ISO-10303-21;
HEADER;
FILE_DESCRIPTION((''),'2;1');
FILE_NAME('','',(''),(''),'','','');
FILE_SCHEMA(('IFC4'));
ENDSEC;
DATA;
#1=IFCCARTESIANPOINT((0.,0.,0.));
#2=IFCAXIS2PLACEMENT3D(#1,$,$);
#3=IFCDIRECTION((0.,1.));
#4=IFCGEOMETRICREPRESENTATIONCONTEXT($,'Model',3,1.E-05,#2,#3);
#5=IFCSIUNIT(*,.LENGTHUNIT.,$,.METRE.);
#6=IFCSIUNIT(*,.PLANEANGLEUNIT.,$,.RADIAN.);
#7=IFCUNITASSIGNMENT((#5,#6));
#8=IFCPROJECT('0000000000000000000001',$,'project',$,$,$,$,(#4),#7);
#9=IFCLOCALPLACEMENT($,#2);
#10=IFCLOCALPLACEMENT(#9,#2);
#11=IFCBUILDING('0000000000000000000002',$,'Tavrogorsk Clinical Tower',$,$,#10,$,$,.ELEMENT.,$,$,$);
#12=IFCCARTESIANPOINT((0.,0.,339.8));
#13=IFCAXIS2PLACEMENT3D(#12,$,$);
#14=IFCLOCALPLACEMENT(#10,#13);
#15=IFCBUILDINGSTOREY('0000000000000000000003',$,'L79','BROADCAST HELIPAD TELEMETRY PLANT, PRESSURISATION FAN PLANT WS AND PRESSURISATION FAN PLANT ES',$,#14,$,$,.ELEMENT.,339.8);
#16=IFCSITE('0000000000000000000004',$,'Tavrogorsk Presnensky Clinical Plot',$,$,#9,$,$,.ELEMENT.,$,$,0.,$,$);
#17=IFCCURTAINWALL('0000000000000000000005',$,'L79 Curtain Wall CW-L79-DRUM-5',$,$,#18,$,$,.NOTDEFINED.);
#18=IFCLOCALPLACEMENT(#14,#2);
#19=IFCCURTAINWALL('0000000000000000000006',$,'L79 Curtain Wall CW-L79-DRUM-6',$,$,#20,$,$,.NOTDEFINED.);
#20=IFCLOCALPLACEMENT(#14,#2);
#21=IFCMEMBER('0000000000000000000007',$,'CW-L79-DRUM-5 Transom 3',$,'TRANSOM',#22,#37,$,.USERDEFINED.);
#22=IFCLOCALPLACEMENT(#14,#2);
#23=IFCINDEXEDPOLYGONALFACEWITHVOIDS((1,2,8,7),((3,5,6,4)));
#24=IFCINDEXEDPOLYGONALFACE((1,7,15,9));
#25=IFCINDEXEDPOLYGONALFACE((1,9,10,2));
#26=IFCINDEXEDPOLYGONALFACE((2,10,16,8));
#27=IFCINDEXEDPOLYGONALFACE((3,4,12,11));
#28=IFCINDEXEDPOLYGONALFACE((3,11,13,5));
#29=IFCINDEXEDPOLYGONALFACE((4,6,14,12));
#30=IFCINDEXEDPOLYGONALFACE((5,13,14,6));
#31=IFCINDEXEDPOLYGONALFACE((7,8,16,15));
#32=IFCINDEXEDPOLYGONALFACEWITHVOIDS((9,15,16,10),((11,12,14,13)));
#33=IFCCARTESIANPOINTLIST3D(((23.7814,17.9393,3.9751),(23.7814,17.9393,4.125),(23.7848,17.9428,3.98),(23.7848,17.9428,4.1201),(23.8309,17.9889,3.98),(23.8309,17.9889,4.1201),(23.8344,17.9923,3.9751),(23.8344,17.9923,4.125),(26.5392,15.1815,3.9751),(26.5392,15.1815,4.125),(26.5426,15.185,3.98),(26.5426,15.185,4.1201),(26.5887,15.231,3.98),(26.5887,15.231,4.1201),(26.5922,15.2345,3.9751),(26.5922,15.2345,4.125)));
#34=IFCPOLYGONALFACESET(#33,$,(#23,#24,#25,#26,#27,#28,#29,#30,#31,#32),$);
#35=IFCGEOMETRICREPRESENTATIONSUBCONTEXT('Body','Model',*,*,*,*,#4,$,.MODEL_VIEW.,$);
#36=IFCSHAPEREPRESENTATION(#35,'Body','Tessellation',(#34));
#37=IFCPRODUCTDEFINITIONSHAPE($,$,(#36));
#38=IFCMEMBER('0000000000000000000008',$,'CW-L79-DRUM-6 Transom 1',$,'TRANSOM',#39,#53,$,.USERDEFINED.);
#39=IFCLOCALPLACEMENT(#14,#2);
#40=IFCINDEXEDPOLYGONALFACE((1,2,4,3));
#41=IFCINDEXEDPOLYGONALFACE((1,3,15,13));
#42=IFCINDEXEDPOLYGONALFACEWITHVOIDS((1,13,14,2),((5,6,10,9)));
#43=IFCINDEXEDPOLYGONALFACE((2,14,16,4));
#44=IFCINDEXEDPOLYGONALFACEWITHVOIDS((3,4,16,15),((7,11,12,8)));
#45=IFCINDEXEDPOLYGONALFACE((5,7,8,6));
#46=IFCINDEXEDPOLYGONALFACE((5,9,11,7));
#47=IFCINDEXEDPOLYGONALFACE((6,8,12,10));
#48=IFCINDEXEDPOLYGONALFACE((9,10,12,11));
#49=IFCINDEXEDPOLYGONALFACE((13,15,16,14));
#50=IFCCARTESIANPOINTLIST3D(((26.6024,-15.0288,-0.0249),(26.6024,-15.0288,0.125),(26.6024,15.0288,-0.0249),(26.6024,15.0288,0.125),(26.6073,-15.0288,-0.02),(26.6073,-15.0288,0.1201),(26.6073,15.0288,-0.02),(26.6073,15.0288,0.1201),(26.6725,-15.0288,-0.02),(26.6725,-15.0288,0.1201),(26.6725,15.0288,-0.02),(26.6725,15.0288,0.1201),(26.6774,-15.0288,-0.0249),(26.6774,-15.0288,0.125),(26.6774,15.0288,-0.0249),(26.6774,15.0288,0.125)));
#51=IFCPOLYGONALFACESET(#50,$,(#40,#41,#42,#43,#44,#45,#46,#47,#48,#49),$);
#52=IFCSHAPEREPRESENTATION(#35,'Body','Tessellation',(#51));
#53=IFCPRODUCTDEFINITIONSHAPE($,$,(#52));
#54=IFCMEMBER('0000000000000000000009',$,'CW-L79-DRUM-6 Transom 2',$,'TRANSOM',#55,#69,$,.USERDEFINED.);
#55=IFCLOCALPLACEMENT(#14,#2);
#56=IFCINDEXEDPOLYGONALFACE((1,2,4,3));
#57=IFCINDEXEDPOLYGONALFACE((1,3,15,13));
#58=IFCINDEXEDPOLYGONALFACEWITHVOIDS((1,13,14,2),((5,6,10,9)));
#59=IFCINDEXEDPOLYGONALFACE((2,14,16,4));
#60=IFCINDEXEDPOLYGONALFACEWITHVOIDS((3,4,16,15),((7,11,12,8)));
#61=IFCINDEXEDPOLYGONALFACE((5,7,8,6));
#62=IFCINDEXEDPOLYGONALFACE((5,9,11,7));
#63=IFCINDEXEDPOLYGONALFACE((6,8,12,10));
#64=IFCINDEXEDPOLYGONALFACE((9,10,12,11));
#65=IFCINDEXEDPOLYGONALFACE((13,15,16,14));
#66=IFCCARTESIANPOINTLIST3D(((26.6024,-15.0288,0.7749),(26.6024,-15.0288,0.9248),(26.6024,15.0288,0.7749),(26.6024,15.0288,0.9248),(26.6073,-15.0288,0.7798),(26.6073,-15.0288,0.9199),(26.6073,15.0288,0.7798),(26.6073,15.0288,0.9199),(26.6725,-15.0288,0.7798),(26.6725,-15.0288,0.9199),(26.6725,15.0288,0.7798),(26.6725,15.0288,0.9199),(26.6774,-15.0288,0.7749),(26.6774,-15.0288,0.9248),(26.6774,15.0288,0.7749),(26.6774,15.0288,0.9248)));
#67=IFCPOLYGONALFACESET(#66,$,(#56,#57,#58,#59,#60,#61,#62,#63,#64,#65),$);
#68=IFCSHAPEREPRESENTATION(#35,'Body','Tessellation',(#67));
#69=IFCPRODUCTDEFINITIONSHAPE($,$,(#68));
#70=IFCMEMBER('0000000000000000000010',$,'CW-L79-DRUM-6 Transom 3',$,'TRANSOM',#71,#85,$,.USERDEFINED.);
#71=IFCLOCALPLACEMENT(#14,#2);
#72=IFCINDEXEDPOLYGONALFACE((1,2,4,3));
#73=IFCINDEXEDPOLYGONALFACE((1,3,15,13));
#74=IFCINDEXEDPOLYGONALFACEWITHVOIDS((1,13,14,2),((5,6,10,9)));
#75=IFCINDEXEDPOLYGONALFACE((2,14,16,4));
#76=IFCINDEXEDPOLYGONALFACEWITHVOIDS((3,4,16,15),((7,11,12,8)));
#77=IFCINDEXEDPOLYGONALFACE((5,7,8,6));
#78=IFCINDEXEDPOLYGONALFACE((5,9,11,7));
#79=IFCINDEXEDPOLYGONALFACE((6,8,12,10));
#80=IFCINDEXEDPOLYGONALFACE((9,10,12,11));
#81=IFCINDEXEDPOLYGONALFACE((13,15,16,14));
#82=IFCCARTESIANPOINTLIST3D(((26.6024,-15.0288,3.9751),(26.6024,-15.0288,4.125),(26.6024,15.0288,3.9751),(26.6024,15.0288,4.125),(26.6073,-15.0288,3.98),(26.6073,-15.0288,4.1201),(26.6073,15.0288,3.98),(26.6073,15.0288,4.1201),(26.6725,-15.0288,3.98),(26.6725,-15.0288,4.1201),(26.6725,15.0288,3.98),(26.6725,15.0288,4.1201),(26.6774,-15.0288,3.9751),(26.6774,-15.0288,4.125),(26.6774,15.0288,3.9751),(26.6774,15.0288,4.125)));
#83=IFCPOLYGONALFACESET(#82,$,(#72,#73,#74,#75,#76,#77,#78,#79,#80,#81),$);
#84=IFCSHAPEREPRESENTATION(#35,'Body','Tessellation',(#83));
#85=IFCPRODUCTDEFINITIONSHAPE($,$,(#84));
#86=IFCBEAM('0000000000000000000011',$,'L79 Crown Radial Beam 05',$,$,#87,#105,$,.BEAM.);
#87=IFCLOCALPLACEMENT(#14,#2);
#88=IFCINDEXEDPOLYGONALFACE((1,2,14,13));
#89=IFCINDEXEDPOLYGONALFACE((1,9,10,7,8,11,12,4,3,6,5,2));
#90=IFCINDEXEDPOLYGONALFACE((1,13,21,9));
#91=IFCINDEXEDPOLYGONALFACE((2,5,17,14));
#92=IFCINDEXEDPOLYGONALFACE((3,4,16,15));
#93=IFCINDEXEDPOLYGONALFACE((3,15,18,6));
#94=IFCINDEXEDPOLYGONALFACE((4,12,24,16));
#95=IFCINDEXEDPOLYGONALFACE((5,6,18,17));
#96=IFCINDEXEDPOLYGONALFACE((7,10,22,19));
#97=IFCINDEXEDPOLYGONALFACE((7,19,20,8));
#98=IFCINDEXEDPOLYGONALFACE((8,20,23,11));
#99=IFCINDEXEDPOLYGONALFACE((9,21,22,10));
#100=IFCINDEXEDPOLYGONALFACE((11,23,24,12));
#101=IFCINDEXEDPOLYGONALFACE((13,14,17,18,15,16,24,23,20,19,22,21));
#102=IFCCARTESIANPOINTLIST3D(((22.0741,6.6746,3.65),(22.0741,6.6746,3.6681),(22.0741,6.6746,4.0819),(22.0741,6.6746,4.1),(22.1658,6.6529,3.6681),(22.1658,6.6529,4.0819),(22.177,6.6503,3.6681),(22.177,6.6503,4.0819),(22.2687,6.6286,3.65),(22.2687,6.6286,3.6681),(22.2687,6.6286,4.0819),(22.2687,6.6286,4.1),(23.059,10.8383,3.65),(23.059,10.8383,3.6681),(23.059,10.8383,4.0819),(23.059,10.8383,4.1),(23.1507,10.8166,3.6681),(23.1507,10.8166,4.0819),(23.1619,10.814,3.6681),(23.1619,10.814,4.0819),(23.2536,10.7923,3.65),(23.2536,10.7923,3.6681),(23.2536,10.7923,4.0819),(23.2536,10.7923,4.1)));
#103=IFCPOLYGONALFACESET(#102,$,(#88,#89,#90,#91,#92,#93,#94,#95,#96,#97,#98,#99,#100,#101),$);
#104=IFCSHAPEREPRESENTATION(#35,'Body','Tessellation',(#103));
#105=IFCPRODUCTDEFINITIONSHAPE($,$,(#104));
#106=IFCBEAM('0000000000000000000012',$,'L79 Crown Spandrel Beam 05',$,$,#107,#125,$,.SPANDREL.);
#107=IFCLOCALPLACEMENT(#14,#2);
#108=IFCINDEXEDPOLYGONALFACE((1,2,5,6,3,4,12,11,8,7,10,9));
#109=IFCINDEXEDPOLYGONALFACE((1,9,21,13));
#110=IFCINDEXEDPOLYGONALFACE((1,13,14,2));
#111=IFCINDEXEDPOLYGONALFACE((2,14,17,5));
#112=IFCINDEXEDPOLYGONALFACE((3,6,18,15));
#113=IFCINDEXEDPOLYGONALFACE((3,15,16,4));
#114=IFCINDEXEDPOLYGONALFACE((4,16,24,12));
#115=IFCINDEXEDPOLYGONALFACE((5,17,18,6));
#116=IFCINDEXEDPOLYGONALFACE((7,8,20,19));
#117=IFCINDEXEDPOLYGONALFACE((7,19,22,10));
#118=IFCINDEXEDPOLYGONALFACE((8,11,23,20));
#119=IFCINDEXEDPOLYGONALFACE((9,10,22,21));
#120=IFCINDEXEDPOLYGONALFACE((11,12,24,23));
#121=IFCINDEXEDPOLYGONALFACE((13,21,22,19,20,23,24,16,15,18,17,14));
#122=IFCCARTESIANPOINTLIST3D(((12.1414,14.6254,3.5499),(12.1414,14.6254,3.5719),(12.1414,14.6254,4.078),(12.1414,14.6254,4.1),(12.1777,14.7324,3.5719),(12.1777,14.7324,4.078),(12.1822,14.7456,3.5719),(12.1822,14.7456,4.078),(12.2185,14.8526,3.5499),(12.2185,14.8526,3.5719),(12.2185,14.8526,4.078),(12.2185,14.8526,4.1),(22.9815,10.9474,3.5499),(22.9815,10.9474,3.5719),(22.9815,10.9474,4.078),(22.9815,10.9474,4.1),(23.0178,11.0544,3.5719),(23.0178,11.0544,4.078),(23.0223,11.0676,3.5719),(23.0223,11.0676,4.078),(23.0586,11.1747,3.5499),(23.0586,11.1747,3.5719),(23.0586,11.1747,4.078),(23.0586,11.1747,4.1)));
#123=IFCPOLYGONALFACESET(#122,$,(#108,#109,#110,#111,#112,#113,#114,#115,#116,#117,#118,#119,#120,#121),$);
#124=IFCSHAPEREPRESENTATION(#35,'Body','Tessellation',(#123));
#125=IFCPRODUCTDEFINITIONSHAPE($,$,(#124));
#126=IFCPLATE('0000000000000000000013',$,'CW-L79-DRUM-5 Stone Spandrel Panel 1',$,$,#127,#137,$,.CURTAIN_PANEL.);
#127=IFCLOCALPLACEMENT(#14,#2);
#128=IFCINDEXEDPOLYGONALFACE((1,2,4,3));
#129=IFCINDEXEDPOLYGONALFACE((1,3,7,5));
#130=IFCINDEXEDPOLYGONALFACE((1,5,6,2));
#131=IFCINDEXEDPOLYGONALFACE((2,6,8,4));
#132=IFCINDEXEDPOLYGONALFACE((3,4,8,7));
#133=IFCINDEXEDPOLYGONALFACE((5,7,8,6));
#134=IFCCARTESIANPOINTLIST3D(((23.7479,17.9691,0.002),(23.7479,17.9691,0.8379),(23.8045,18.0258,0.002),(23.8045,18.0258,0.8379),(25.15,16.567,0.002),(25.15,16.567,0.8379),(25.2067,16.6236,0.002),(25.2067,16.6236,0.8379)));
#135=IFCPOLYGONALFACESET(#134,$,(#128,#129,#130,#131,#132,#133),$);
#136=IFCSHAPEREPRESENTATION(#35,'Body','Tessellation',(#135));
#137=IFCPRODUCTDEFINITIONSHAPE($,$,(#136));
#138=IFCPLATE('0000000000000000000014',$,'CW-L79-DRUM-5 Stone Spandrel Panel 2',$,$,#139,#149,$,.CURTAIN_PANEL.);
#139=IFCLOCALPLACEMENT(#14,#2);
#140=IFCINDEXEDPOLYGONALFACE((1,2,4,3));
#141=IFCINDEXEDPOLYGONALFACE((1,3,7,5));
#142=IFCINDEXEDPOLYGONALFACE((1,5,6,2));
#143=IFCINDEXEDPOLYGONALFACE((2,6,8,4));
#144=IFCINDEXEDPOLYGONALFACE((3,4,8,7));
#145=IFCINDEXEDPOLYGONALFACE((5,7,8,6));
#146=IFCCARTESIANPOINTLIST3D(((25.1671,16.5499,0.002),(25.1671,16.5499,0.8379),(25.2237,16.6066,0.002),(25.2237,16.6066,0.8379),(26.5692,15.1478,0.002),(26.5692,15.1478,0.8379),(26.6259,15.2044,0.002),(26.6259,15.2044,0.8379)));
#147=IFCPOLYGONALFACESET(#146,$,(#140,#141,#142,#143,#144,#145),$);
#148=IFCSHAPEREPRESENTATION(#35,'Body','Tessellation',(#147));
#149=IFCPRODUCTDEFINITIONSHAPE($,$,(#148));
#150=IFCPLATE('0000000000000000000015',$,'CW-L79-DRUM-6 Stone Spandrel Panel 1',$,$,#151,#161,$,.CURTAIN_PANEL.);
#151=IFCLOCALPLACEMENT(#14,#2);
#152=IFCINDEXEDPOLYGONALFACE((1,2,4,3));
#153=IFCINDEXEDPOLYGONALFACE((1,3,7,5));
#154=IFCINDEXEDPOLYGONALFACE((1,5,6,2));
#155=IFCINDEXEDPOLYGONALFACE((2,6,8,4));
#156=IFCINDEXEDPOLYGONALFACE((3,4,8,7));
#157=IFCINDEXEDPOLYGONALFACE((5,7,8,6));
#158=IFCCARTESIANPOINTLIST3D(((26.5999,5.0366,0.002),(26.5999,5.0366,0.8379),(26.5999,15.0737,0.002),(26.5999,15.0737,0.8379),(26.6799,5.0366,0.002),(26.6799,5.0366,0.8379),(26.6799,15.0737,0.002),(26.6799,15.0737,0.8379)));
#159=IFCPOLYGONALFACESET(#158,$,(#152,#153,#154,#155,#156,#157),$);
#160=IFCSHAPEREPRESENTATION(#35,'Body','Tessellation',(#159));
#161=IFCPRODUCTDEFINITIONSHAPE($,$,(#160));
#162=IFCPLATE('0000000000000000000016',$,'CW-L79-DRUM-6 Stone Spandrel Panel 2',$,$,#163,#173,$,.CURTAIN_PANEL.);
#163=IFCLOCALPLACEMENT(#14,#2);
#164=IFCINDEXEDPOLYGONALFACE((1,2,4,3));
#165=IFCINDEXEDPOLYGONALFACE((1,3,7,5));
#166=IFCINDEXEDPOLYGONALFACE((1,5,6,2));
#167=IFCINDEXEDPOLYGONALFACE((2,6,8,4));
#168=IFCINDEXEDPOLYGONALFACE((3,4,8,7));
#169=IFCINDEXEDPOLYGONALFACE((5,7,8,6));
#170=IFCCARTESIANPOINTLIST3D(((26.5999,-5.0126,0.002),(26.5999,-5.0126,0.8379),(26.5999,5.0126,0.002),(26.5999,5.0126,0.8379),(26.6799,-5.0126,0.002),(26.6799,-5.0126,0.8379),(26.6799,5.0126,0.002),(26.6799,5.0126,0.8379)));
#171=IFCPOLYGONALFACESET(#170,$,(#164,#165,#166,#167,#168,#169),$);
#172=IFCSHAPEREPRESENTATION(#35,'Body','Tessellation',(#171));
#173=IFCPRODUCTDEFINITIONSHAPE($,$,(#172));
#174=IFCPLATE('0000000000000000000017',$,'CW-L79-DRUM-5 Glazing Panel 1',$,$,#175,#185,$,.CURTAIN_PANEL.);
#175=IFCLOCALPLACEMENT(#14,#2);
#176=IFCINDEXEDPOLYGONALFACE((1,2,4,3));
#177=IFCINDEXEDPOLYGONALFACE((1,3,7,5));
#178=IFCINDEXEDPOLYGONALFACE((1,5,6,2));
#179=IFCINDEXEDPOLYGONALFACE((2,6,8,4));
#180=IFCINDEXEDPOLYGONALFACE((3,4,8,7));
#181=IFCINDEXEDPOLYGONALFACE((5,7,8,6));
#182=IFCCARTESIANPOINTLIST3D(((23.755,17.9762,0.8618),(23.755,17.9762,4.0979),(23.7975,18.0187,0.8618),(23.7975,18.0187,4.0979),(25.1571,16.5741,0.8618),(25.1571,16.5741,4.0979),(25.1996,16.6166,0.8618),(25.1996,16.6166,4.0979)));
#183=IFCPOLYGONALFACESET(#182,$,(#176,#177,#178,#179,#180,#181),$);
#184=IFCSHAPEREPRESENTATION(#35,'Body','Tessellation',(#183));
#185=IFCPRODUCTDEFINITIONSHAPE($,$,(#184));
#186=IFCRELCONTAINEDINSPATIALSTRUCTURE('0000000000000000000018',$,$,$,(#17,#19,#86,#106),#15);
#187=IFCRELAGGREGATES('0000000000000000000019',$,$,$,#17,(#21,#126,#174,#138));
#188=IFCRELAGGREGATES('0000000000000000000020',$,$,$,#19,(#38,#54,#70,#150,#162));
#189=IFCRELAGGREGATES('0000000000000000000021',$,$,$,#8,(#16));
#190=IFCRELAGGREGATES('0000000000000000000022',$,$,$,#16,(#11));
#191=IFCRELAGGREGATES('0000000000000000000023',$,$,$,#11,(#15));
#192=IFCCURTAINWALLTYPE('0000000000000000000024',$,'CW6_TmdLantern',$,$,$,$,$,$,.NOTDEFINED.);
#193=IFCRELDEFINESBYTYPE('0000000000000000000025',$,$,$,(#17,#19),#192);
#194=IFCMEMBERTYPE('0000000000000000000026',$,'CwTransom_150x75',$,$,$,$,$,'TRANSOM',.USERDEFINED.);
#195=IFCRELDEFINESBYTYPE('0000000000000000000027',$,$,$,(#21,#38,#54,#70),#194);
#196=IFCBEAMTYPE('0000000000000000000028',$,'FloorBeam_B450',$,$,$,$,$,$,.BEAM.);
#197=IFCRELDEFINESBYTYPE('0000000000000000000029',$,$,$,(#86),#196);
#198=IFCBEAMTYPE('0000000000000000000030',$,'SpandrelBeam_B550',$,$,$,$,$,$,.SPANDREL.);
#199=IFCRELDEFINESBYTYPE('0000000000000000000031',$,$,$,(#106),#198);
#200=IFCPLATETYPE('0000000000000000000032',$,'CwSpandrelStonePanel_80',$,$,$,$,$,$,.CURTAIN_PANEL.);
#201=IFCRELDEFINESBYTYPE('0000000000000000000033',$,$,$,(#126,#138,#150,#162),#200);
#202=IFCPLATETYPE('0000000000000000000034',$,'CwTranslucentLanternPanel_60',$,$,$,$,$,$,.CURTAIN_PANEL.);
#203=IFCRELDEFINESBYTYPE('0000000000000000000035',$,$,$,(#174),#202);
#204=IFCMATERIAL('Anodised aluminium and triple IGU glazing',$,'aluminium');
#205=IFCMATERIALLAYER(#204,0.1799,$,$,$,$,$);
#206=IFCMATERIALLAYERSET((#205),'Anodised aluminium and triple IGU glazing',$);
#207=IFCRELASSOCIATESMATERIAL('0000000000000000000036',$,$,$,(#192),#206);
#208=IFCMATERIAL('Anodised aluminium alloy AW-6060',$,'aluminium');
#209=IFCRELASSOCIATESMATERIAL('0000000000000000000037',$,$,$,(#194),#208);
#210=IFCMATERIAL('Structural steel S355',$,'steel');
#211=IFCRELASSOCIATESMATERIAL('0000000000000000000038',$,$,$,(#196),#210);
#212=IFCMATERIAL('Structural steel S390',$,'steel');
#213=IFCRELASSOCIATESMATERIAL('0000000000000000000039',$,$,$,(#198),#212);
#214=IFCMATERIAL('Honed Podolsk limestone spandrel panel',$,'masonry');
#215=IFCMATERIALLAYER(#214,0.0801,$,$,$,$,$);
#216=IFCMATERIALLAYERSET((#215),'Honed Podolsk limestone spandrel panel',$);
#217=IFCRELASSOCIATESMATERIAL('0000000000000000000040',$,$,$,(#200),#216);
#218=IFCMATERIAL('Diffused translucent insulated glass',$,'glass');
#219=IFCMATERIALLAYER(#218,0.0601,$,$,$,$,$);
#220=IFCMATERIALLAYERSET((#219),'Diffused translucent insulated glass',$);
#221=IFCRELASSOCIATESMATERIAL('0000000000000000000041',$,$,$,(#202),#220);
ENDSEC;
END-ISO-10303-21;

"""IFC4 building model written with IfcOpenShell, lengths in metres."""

from ifc_helpers import new_model, si_unit, direction, frame, origin, origin_2d, place, context, subcontext, project, spatial, rectangle, hollow_rectangle, i_section, extrude, material, layer, layer_set, material_profile, profile_set, type_object, element, aggregate, save


model = new_model("IFC4")

# Units and contexts
model_context = context("Model", 3, precision=1e-05, world=origin(), true_north=direction((0.0, 1.0)))
body_context = subcontext(model_context, "Body", "Model", "MODEL_VIEW")
ifc_project = project(units=[si_unit("LENGTHUNIT", "METRE"), si_unit("PLANEANGLEUNIT", "RADIAN")], contexts=[model_context])

# Site, building, storey
site_placement = place(None, origin())
site = spatial("IfcSite", under=ifc_project, at=site_placement, Name="Tavrogorsk Presnensky Clinical Plot", CompositionType="ELEMENT", RefElevation=0.0)
building_placement = place(site_placement, origin())
building = spatial("IfcBuilding", under=site, at=building_placement, Name="Tavrogorsk Clinical Tower", CompositionType="ELEMENT")
storey_placement = place(building_placement, frame((0.0, 0.0, 339.8)))
storey = spatial("IfcBuildingStorey", under=building, at=storey_placement, Name="L79", Description="BROADCAST HELIPAD TELEMETRY PLANT, PRESSURISATION FAN PLANT WS AND PRESSURISATION FAN PLANT ES", CompositionType="ELEMENT", Elevation=339.8)

# Shared definitions
ifc_material_1 = material(Name="Anodised aluminium and triple IGU glazing", Category="aluminium")
ifc_layer_1 = layer(ifc_material_1, 0.1799)
ifc_layer_set_1 = layer_set([ifc_layer_1], Name="Anodised aluminium and triple IGU glazing")
curtain_wall_type = type_object("IfcCurtainWallType", Name="CW6_TmdLantern", PredefinedType="NOTDEFINED", material=ifc_layer_set_1)

# Curtain walls
curtain_wall_1_placement = place(storey_placement, origin())
curtain_wall_1 = element("IfcCurtainWall", 1, at=curtain_wall_1_placement, inside=storey, type_object=curtain_wall_type, Name="L79 Curtain Wall CW-L79-DRUM-5", PredefinedType="NOTDEFINED")
curtain_wall_2_placement = place(storey_placement, origin())
curtain_wall_2 = element("IfcCurtainWall", 2, at=curtain_wall_2_placement, inside=storey, type_object=curtain_wall_type, Name="L79 Curtain Wall CW-L79-DRUM-6", PredefinedType="NOTDEFINED")

# Members
ifc_material_2 = material(Name="Anodised aluminium alloy AW-6060", Category="aluminium")
ifc_material_profile_1 = material_profile(ifc_material_2, hollow_rectangle(XDim=0.075, YDim=0.1499, WallThickness=0.0049, at=origin_2d()), Name="RHS-150x75x5")
ifc_profile_set_1 = profile_set([ifc_material_profile_1], Name="Anodised aluminium alloy AW-6060")
member_type_1 = type_object("IfcMemberType", Name="CwTransom_150x75", ElementType="TRANSOM", PredefinedType="USERDEFINED", material=ifc_profile_set_1)
member_1_placement = place(storey_placement, frame((23.8079, 17.9658, 4.05), z_axis=(0.707107, -0.707107, 0.0), x_axis=(0.707107, 0.707107, 0.0)))
member_1 = element("IfcMember", 3, at=member_1_placement, type_object=member_type_1, Name="CW-L79-DRUM-5 Transom 3", ObjectType="TRANSOM", PredefinedType="USERDEFINED", context=body_context, shape_type="SweptSolid", body=[
    extrude(hollow_rectangle(XDim=0.075, YDim=0.1499, WallThickness=0.0049, at=origin_2d()), origin(), (0.0, 0.0, 1.0), 3.9001),
])
member_2_placement = place(storey_placement, frame((26.6399, 15.0288, 0.05), z_axis=(0.0, -1.0, 0.0), x_axis=(1.0, 0.0, 0.0)))
member_2 = element("IfcMember", 4, at=member_2_placement, type_object=member_type_1, Name="CW-L79-DRUM-6 Transom 1", ObjectType="TRANSOM", PredefinedType="USERDEFINED", context=body_context, shape_type="SweptSolid", body=[
    extrude(hollow_rectangle(XDim=0.075, YDim=0.1499, WallThickness=0.0049, at=origin_2d()), origin(), (0.0, 0.0, 1.0), 30.0576),
])
member_3_placement = place(storey_placement, frame((26.6399, 15.0288, 0.8499), z_axis=(0.0, -1.0, 0.0), x_axis=(1.0, 0.0, 0.0)))
member_3 = element("IfcMember", 5, at=member_3_placement, type_object=member_type_1, Name="CW-L79-DRUM-6 Transom 2", ObjectType="TRANSOM", PredefinedType="USERDEFINED", context=body_context, shape_type="SweptSolid", body=[
    extrude(hollow_rectangle(XDim=0.075, YDim=0.1499, WallThickness=0.0049, at=origin_2d()), origin(), (0.0, 0.0, 1.0), 30.0576),
])
member_4_placement = place(storey_placement, frame((26.6399, 15.0288, 4.05), z_axis=(0.0, -1.0, 0.0), x_axis=(1.0, 0.0, 0.0)))
member_4 = element("IfcMember", 6, at=member_4_placement, type_object=member_type_1, Name="CW-L79-DRUM-6 Transom 3", ObjectType="TRANSOM", PredefinedType="USERDEFINED", context=body_context, shape_type="SweptSolid", body=[
    extrude(hollow_rectangle(XDim=0.075, YDim=0.1499, WallThickness=0.0049, at=origin_2d()), origin(), (0.0, 0.0, 1.0), 30.0576),
])

# Beams
ifc_material_3 = material(Name="Structural steel S355", Category="steel")
ifc_material_profile_2 = material_profile(ifc_material_3, i_section(OverallWidth=0.2, OverallDepth=0.45, WebThickness=0.0115, FlangeThickness=0.0181, at=origin_2d()), Name="B-450x200x11.5x18")
ifc_profile_set_2 = profile_set([ifc_material_profile_2], Name="Structural steel S355")
beam_type_1 = type_object("IfcBeamType", Name="FloorBeam_B450", PredefinedType="BEAM", material=ifc_profile_set_2)
beam_1_placement = place(storey_placement, frame((22.1714, 6.6516, 3.875), z_axis=(0.230191, 0.973146, 0.0), x_axis=(-0.973146, 0.230191, 0.0)))
element("IfcBeam", 7, at=beam_1_placement, inside=storey, type_object=beam_type_1, Name="L79 Crown Radial Beam 05", PredefinedType="BEAM", context=body_context, shape_type="SweptSolid", body=[
    extrude(i_section(OverallWidth=0.2, OverallDepth=0.45, WebThickness=0.0115, FlangeThickness=0.0181, at=origin_2d()), origin(), (0.0, 0.0, 1.0), 4.2786),
])
ifc_material_4 = material(Name="Structural steel S390", Category="steel")
ifc_material_profile_3 = material_profile(ifc_material_4, i_section(OverallWidth=0.24, OverallDepth=0.55, WebThickness=0.0139, FlangeThickness=0.022, at=origin_2d()), Name="B-550x240x14x22")
ifc_profile_set_3 = profile_set([ifc_material_profile_3], Name="Structural steel S390")
beam_type_2 = type_object("IfcBeamType", Name="SpandrelBeam_B550", PredefinedType="SPANDREL", material=ifc_profile_set_3)
beam_2_placement = place(storey_placement, frame((23.02, 11.061, 3.825), z_axis=(-0.946976, 0.321304, 0.0), x_axis=(-0.321304, -0.946976, 0.0)))
element("IfcBeam", 8, at=beam_2_placement, inside=storey, type_object=beam_type_2, Name="L79 Crown Spandrel Beam 05", PredefinedType="SPANDREL", context=body_context, shape_type="SweptSolid", body=[
    extrude(i_section(OverallWidth=0.24, OverallDepth=0.55, WebThickness=0.0139, FlangeThickness=0.022, at=origin_2d()), origin(), (0.0, 0.0, 1.0), 11.447),
])

# Plates
ifc_material_5 = material(Name="Honed Podolsk limestone spandrel panel", Category="masonry")
ifc_layer_2 = layer(ifc_material_5, 0.0801)
ifc_layer_set_2 = layer_set([ifc_layer_2], Name="Honed Podolsk limestone spandrel panel")
plate_type_1 = type_object("IfcPlateType", Name="CwSpandrelStonePanel_80", PredefinedType="CURTAIN_PANEL", material=ifc_layer_set_2)
plate_1_placement = place(storey_placement, frame((24.4773, 17.2964, 0.002), z_axis=(0.0, 0.0, 1.0), x_axis=(0.707107, -0.707107, 0.0)))
plate_1 = element("IfcPlate", 9, at=plate_1_placement, type_object=plate_type_1, Name="CW-L79-DRUM-5 Stone Spandrel Panel 1", PredefinedType="CURTAIN_PANEL", context=body_context, shape_type="SweptSolid", body=[
    extrude(rectangle(XDim=1.9829, YDim=0.0801, at=origin_2d()), origin(), (0.0, 0.0, 1.0), 0.8359),
])
plate_2_placement = place(storey_placement, frame((25.8965, 15.8772, 0.002), z_axis=(0.0, 0.0, 1.0), x_axis=(0.707107, -0.707107, 0.0)))
plate_2 = element("IfcPlate", 10, at=plate_2_placement, type_object=plate_type_1, Name="CW-L79-DRUM-5 Stone Spandrel Panel 2", PredefinedType="CURTAIN_PANEL", context=body_context, shape_type="SweptSolid", body=[
    extrude(rectangle(XDim=1.9829, YDim=0.0801, at=origin_2d()), origin(), (0.0, 0.0, 1.0), 0.8359),
])
plate_3_placement = place(storey_placement, frame((26.6399, 10.0552, 0.002), z_axis=(0.0, 0.0, 1.0), x_axis=(0.0, -1.0, 0.0)))
plate_3 = element("IfcPlate", 11, at=plate_3_placement, type_object=plate_type_1, Name="CW-L79-DRUM-6 Stone Spandrel Panel 1", PredefinedType="CURTAIN_PANEL", context=body_context, shape_type="SweptSolid", body=[
    extrude(rectangle(XDim=10.0371, YDim=0.0801, at=origin_2d()), origin(), (0.0, 0.0, 1.0), 0.8359),
])
plate_4_placement = place(storey_placement, frame((26.6399, 0.0, 0.002), z_axis=(0.0, 0.0, 1.0), x_axis=(0.0, -1.0, 0.0)))
plate_4 = element("IfcPlate", 12, at=plate_4_placement, type_object=plate_type_1, Name="CW-L79-DRUM-6 Stone Spandrel Panel 2", PredefinedType="CURTAIN_PANEL", context=body_context, shape_type="SweptSolid", body=[
    extrude(rectangle(XDim=10.0251, YDim=0.0801, at=origin_2d()), origin(), (0.0, 0.0, 1.0), 0.8359),
])
ifc_material_6 = material(Name="Diffused translucent insulated glass", Category="glass")
ifc_layer_3 = layer(ifc_material_6, 0.0601)
ifc_layer_set_3 = layer_set([ifc_layer_3], Name="Diffused translucent insulated glass")
plate_type_2 = type_object("IfcPlateType", Name="CwTranslucentLanternPanel_60", PredefinedType="CURTAIN_PANEL", material=ifc_layer_set_3)
plate_5_placement = place(storey_placement, frame((24.4773, 17.2964, 0.8618), z_axis=(0.0, 0.0, 1.0), x_axis=(0.707107, -0.707107, 0.0)))
plate_5 = element("IfcPlate", 13, at=plate_5_placement, type_object=plate_type_2, Name="CW-L79-DRUM-5 Glazing Panel 1", PredefinedType="CURTAIN_PANEL", context=body_context, shape_type="SweptSolid", body=[
    extrude(rectangle(XDim=1.9829, YDim=0.0601, at=origin_2d()), origin(), (0.0, 0.0, 1.0), 3.2361),
])
aggregate(curtain_wall_1, [member_1, plate_1, plate_5, plate_2])
aggregate(curtain_wall_2, [member_2, member_3, member_4, plate_3, plate_4])

save(model, "model.ifc")
